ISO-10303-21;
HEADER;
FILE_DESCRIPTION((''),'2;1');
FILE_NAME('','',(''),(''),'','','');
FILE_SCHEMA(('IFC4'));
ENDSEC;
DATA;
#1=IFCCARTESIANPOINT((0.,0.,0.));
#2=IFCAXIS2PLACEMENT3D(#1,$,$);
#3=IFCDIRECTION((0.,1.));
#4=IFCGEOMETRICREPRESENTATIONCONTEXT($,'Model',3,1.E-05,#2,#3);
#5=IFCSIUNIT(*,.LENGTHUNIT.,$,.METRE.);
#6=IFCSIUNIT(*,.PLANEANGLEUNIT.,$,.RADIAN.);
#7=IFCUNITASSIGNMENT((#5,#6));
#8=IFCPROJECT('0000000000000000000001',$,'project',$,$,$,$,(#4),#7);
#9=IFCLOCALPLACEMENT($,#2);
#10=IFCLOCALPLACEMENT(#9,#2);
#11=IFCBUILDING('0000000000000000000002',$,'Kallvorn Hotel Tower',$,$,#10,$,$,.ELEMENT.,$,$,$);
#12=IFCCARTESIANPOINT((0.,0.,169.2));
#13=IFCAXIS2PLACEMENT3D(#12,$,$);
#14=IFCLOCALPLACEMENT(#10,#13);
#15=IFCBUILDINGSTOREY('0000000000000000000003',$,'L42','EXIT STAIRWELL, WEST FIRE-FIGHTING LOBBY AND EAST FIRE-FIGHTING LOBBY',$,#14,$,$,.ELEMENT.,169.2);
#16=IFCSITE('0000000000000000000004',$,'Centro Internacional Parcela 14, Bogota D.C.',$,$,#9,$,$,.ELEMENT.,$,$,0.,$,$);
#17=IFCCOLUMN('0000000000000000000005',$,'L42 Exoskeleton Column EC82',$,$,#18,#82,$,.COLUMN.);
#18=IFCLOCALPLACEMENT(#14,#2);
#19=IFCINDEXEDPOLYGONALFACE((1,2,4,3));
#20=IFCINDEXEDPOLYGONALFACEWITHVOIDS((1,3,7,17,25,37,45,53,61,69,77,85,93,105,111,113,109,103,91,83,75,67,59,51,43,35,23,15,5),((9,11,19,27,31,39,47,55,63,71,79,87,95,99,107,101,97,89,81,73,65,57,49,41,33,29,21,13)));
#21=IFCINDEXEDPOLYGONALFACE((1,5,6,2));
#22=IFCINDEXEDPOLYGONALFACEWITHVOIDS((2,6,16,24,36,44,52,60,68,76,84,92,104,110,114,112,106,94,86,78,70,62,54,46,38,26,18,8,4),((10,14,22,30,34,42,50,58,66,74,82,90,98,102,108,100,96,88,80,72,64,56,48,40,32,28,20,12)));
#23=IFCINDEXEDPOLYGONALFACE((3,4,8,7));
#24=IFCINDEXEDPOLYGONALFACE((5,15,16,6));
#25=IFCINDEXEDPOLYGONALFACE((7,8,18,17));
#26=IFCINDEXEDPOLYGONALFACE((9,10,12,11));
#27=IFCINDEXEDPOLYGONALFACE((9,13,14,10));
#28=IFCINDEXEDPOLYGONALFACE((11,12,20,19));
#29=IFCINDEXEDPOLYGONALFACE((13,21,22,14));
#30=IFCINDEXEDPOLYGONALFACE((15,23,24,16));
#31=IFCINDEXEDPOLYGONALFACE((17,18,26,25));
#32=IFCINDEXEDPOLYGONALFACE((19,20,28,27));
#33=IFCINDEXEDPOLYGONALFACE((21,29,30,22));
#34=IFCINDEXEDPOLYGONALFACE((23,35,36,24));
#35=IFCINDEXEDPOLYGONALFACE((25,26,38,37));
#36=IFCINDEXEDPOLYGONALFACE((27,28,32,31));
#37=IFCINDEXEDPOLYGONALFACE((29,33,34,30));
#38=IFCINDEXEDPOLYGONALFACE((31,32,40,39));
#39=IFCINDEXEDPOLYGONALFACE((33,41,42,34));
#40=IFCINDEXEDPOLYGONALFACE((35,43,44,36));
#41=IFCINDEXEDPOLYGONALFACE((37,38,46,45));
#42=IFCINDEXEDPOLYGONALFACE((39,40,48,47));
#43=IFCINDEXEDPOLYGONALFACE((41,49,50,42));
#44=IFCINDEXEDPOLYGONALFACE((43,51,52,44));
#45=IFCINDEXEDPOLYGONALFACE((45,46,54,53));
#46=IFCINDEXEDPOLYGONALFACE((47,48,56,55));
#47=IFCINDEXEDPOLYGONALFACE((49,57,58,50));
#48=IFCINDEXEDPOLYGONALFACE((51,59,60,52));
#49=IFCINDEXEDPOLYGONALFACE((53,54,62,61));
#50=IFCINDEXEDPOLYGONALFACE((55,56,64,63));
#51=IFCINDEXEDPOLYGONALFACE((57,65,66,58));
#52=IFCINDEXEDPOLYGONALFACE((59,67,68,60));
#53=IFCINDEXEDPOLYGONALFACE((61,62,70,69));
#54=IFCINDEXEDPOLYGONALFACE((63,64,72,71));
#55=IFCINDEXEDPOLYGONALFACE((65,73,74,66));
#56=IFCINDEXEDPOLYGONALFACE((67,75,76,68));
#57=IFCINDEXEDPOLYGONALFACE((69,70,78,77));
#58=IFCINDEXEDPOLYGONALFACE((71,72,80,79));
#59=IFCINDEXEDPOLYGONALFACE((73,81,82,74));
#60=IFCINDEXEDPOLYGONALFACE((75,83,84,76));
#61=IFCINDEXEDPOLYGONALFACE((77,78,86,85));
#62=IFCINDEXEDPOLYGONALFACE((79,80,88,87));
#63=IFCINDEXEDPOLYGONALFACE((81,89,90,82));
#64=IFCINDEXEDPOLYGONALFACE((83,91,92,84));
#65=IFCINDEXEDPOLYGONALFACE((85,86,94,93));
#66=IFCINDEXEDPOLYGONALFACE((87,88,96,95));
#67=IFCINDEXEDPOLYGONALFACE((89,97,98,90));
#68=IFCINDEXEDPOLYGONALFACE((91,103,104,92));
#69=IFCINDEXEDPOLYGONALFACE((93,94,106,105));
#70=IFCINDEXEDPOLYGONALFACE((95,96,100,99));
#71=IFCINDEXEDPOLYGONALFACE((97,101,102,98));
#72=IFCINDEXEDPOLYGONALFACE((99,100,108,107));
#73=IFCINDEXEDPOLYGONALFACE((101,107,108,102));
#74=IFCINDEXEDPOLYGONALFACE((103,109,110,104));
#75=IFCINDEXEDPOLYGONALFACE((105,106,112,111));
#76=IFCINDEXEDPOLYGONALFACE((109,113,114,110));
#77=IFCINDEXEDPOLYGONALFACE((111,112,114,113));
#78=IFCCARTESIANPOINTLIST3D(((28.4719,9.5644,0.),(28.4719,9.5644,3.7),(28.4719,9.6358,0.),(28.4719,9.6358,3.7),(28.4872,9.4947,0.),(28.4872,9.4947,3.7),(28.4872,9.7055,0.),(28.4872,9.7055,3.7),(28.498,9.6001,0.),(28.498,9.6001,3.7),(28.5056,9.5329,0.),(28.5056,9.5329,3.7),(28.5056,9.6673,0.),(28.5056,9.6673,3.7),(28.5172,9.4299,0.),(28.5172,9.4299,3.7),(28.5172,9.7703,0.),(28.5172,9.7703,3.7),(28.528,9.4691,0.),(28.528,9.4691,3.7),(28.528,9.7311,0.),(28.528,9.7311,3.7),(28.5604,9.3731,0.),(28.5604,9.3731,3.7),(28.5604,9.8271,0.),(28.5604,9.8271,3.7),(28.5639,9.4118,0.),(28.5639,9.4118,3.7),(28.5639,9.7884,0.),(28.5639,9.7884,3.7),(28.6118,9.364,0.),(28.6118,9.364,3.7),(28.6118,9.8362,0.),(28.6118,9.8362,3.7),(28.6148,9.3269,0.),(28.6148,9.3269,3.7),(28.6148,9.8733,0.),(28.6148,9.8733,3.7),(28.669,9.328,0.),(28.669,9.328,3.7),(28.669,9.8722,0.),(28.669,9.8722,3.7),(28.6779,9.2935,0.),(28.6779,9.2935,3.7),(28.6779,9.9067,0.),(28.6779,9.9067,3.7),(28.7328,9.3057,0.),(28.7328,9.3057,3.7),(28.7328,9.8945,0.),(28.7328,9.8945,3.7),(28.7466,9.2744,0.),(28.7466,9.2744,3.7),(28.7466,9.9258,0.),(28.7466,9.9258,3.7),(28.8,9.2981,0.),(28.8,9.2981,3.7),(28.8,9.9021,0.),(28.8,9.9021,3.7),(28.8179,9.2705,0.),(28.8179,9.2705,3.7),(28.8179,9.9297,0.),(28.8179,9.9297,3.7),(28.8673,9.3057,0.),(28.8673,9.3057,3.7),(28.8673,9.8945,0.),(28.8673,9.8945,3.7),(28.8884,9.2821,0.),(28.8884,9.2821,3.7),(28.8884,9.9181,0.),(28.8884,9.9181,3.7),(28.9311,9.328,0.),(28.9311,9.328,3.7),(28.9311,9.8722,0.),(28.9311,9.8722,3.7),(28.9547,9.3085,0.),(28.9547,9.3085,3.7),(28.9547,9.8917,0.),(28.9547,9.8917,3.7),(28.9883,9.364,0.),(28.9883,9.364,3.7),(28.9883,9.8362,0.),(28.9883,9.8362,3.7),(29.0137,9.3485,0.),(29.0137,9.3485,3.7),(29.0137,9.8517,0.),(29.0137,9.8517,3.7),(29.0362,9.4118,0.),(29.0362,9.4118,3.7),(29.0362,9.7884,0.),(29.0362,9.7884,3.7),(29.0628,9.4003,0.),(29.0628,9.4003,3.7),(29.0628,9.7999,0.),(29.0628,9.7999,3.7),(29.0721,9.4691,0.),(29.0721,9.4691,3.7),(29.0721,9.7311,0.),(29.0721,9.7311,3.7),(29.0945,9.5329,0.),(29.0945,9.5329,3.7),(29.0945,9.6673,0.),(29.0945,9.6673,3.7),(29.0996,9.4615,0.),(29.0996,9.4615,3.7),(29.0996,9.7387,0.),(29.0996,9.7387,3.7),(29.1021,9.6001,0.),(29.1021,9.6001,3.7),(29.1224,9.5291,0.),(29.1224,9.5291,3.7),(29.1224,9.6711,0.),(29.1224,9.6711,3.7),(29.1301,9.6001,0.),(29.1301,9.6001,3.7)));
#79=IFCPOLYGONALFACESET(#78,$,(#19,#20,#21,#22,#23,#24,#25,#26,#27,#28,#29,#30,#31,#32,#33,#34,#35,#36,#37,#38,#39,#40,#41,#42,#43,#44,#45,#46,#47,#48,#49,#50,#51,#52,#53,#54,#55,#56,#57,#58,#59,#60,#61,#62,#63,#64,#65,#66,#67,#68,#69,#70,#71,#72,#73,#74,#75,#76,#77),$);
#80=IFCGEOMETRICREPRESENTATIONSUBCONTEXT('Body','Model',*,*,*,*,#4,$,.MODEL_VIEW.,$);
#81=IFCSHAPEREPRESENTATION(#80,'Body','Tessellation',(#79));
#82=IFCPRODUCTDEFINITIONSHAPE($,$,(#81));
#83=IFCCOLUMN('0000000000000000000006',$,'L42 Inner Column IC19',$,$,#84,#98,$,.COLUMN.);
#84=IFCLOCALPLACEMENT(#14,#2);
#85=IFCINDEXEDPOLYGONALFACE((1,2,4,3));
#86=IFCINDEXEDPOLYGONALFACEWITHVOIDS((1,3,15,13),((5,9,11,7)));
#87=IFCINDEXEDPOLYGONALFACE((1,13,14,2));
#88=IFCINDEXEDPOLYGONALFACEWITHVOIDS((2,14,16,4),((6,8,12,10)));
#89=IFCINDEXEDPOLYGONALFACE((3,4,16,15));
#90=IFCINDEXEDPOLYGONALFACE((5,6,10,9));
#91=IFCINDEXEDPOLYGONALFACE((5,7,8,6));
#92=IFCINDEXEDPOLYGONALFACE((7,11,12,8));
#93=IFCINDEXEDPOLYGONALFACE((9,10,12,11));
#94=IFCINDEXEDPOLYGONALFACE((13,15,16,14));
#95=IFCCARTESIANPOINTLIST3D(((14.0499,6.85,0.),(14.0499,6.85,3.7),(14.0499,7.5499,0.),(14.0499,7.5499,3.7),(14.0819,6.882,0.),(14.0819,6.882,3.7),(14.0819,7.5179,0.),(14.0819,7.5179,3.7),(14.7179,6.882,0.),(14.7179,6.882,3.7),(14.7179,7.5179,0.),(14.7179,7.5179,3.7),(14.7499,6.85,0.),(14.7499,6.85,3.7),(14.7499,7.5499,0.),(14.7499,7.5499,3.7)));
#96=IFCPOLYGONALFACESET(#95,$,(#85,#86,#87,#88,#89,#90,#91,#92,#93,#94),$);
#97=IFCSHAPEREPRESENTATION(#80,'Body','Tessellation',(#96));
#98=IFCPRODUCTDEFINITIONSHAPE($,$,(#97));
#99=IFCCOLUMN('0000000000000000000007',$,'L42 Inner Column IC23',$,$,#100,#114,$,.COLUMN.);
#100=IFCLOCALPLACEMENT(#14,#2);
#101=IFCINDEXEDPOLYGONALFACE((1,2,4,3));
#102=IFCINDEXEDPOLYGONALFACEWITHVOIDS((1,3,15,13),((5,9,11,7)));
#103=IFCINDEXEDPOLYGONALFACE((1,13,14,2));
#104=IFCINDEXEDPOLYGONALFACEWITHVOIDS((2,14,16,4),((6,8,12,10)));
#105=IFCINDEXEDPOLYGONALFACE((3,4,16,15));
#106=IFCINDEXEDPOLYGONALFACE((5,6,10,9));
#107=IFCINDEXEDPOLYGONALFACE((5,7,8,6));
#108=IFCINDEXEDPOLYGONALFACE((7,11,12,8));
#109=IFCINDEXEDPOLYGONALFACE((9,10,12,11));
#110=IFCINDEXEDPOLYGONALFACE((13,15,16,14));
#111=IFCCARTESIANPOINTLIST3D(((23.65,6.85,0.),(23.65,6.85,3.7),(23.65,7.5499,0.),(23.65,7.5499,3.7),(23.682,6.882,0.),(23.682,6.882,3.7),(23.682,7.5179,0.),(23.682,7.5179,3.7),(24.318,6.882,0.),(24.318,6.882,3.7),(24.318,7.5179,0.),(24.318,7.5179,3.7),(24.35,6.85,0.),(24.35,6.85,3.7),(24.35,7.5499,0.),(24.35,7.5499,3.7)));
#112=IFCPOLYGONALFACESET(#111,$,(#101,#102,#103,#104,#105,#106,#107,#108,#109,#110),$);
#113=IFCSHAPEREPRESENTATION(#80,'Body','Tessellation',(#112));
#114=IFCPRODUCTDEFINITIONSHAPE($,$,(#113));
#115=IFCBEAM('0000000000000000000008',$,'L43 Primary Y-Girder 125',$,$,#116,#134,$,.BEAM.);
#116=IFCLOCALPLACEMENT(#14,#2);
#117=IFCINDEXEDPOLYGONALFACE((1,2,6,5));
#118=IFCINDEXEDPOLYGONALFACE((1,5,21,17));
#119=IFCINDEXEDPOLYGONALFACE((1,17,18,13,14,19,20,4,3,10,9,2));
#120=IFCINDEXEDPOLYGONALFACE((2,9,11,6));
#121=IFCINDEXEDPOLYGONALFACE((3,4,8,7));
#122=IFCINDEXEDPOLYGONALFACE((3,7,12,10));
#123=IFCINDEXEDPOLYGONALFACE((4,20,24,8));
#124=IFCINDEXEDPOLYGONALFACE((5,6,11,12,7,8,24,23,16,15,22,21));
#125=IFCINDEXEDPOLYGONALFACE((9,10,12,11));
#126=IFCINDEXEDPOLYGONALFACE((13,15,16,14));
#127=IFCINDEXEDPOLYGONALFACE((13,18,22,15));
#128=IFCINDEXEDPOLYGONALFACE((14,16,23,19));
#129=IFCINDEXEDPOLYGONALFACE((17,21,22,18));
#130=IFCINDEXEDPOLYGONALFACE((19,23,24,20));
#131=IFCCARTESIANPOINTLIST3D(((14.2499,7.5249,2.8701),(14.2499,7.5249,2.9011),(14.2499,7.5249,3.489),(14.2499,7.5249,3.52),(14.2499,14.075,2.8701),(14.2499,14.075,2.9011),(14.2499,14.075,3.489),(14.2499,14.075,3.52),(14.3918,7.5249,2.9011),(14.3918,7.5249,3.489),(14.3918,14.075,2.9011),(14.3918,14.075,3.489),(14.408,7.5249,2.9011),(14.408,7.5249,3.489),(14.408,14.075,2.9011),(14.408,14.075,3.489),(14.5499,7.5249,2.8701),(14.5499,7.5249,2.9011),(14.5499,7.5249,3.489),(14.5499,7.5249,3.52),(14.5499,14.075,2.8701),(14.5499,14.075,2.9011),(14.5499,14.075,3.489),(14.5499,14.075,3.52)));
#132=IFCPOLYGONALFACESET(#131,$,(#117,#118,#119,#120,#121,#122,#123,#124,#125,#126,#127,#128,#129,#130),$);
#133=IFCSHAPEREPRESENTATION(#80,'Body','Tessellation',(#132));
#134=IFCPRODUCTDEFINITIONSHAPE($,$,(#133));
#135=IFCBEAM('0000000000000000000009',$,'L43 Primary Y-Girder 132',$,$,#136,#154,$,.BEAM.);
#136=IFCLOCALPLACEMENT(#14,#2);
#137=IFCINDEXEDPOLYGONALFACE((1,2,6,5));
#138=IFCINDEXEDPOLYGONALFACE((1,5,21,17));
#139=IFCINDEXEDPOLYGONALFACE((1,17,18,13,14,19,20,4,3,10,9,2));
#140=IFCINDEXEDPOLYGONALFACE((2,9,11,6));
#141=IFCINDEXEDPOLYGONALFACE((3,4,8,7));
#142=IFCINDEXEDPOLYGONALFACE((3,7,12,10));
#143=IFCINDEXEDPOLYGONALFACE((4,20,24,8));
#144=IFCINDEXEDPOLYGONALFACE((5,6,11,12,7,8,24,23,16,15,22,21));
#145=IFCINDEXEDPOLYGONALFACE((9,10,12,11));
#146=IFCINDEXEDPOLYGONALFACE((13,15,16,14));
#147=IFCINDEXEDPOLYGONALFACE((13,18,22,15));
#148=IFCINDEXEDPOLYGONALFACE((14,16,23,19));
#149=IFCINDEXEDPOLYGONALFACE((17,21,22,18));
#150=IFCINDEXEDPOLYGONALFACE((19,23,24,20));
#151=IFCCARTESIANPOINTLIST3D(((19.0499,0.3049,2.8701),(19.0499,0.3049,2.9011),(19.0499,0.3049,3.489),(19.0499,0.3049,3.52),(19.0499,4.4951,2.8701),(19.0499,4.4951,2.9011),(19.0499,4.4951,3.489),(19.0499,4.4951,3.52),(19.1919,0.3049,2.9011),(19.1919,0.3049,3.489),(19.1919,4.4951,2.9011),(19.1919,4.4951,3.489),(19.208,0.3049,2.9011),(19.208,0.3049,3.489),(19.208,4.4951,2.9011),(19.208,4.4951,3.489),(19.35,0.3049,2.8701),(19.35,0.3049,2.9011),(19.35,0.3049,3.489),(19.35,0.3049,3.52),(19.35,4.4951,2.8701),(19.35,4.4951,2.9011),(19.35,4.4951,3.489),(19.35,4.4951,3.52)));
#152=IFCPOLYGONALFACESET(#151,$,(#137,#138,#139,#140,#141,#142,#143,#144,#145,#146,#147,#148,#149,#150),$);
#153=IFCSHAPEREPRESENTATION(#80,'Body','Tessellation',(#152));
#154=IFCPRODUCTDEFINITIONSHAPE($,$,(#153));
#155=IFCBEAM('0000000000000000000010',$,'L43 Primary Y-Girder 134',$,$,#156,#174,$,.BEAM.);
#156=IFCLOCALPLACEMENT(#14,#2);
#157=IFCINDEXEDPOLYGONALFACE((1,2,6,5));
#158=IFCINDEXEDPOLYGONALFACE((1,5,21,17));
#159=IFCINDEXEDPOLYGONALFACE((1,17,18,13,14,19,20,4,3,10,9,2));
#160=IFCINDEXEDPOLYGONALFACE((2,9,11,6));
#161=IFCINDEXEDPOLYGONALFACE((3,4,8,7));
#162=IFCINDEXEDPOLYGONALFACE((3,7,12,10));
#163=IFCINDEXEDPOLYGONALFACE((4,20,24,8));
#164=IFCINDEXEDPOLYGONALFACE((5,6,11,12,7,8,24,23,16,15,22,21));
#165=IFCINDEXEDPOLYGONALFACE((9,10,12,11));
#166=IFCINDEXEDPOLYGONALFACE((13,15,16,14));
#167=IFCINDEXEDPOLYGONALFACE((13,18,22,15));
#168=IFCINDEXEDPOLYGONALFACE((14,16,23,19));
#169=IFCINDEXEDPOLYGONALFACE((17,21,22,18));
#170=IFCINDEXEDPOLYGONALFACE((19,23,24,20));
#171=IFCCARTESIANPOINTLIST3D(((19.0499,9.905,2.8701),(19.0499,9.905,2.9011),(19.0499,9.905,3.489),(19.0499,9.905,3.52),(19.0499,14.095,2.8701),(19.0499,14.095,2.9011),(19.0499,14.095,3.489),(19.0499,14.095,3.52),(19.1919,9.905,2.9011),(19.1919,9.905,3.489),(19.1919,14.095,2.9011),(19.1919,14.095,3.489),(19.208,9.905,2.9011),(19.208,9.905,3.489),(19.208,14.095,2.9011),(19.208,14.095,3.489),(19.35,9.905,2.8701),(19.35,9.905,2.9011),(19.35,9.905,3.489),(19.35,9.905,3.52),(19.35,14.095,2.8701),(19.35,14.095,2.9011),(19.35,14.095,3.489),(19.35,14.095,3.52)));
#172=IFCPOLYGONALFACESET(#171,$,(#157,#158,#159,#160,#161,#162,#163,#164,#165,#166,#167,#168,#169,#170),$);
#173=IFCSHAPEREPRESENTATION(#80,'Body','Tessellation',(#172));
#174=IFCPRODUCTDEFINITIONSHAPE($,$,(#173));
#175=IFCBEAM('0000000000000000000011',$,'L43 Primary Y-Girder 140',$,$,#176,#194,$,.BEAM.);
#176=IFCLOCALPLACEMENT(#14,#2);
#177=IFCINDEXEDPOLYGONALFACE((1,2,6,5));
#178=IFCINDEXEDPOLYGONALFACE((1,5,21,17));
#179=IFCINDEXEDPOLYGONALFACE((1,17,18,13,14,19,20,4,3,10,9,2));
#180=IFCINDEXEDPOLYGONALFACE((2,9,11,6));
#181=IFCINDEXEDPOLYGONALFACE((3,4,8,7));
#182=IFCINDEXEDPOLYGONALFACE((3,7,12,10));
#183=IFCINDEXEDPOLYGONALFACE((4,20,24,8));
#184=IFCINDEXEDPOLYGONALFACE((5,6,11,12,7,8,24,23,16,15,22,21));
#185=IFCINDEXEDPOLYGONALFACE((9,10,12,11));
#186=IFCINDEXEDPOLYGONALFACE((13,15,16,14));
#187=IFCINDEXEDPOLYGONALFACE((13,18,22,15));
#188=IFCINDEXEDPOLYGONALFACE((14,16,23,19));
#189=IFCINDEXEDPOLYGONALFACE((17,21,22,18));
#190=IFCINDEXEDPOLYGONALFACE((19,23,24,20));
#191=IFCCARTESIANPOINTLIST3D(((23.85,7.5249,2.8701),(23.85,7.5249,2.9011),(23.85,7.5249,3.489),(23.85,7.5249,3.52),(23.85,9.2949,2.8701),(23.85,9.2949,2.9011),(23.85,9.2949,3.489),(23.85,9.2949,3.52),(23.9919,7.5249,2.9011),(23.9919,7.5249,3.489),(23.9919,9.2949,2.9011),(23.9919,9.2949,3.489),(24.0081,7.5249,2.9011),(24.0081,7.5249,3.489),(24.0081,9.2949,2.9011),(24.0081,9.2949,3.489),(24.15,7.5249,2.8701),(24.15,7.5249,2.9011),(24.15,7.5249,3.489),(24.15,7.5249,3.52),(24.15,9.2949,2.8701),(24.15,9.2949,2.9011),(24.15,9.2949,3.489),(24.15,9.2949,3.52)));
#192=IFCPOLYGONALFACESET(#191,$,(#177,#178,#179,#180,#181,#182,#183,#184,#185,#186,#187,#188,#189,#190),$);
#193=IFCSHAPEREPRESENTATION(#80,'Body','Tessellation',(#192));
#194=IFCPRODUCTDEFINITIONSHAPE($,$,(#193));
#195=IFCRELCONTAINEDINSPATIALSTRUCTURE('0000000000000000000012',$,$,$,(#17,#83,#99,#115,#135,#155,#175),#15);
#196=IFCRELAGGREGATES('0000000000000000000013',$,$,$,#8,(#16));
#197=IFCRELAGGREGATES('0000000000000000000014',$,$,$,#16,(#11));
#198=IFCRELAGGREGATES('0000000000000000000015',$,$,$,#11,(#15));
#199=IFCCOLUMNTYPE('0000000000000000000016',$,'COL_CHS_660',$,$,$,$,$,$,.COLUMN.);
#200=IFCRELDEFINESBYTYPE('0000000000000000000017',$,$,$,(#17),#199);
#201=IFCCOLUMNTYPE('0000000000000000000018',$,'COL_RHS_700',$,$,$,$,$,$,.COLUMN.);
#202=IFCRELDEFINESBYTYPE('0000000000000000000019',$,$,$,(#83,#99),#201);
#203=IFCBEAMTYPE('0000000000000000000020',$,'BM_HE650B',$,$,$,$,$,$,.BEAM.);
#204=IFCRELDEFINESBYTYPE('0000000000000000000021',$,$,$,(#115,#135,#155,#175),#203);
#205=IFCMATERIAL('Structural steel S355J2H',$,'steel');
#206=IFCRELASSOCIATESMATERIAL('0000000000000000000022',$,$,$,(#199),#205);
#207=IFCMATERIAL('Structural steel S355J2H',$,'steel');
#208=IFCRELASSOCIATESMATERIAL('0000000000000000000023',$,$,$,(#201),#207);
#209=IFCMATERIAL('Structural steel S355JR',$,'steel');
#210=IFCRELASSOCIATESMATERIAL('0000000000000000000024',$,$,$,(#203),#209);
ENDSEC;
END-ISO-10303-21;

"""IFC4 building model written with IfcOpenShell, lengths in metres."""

from ifc_helpers import new_model, si_unit, direction, frame, origin, origin_2d, place, context, subcontext, project, spatial, hollow_rectangle, hollow_circle, i_section, extrude, material, material_profile, profile_set, type_object, element, save


model = new_model("IFC4")

# Units and contexts
model_context = context("Model", 3, precision=1e-05, world=origin(), true_north=direction((0.0, 1.0)))
body_context = subcontext(model_context, "Body", "Model", "MODEL_VIEW")
ifc_project = project(units=[si_unit("LENGTHUNIT", "METRE"), si_unit("PLANEANGLEUNIT", "RADIAN")], contexts=[model_context])

# Site, building, storey
site_placement = place(None, origin())
site = spatial("IfcSite", under=ifc_project, at=site_placement, Name="Centro Internacional Parcela 14, Bogota D.C.", CompositionType="ELEMENT", RefElevation=0.0)
building_placement = place(site_placement, origin())
building = spatial("IfcBuilding", under=site, at=building_placement, Name="Kallvorn Hotel Tower", CompositionType="ELEMENT")
storey_placement = place(building_placement, frame((0.0, 0.0, 169.2)))
storey = spatial("IfcBuildingStorey", under=building, at=storey_placement, Name="L42", Description="EXIT STAIRWELL, WEST FIRE-FIGHTING LOBBY AND EAST FIRE-FIGHTING LOBBY", CompositionType="ELEMENT", Elevation=169.2)

# Columns
ifc_material_1 = material(Name="Structural steel S355J2H", Category="steel")
ifc_material_profile_1 = material_profile(ifc_material_1, hollow_circle(Radius=0.3301, WallThickness=0.0281, at=origin_2d()), Name="CHS 660x28")
ifc_profile_set_1 = profile_set([ifc_material_profile_1], Name="Structural steel S355J2H")
column_type_1 = type_object("IfcColumnType", Name="COL_CHS_660", PredefinedType="COLUMN", material=ifc_profile_set_1)
for number, where, z_axis, x_axis, name in (
    (1, (28.8, 9.6001, 0.0), (0.0, 0.0, 1.0), (1.0, 0.0, 0.0), "L42 Exoskeleton Column EC82"),
):
    element("IfcColumn", number, at=place(storey_placement, frame(where, z_axis=z_axis, x_axis=x_axis)), inside=storey, type_object=column_type_1, Name=name, PredefinedType="COLUMN", context=body_context, shape_type="SweptSolid", body=[
        extrude(hollow_circle(Radius=0.3301, WallThickness=0.0281, at=origin_2d()), origin(), (0.0, 0.0, 1.0), 3.7),
    ])
ifc_material_2 = material(Name="Structural steel S355J2H", Category="steel")
ifc_material_profile_2 = material_profile(ifc_material_2, hollow_rectangle(XDim=0.7, YDim=0.7, WallThickness=0.032, at=origin_2d()), Name="RHS 700x700x32")
ifc_profile_set_2 = profile_set([ifc_material_profile_2], Name="Structural steel S355J2H")
column_type_2 = type_object("IfcColumnType", Name="COL_RHS_700", PredefinedType="COLUMN", material=ifc_profile_set_2)
for number, where, z_axis, x_axis, name in (
    (2, (14.3999, 7.2, 0.0), (0.0, 0.0, 1.0), (1.0, 0.0, 0.0), "L42 Inner Column IC19"),
    (3, (24.0, 7.2, 0.0), (0.0, 0.0, 1.0), (1.0, 0.0, 0.0), "L42 Inner Column IC23"),
):
    element("IfcColumn", number, at=place(storey_placement, frame(where, z_axis=z_axis, x_axis=x_axis)), inside=storey, type_object=column_type_2, Name=name, PredefinedType="COLUMN", context=body_context, shape_type="SweptSolid", body=[
        extrude(hollow_rectangle(XDim=0.7, YDim=0.7, WallThickness=0.032, at=origin_2d()), origin(), (0.0, 0.0, 1.0), 3.7),
    ])

# Beams
ifc_material_3 = material(Name="Structural steel S355JR", Category="steel")
ifc_material_profile_3 = material_profile(ifc_material_3, i_section(OverallWidth=0.3, OverallDepth=0.6499, WebThickness=0.0161, FlangeThickness=0.031, at=origin_2d()), Name="HE 650 B")
ifc_profile_set_3 = profile_set([ifc_material_profile_3], Name="Structural steel S355JR")
beam_type_1 = type_object("IfcBeamType", Name="BM_HE650B", PredefinedType="BEAM", material=ifc_profile_set_3)
beam_1_placement = place(storey_placement, frame((14.3999, 7.5249, 3.1951), z_axis=(0.0, 1.0, 0.0), x_axis=(-1.0, 0.0, 0.0)))
element("IfcBeam", 4, at=beam_1_placement, inside=storey, type_object=beam_type_1, Name="L43 Primary Y-Girder 125", PredefinedType="BEAM", context=body_context, shape_type="SweptSolid", body=[
    extrude(i_section(OverallWidth=0.3, OverallDepth=0.6499, WebThickness=0.0161, FlangeThickness=0.031, at=origin_2d()), origin(), (0.0, 0.0, 1.0), 6.55),
])
beam_2_placement = place(storey_placement, frame((19.2, 0.3049, 3.1951), z_axis=(0.0, 1.0, 0.0), x_axis=(-1.0, 0.0, 0.0)))
element("IfcBeam", 5, at=beam_2_placement, inside=storey, type_object=beam_type_1, Name="L43 Primary Y-Girder 132", PredefinedType="BEAM", context=body_context, shape_type="SweptSolid", body=[
    extrude(i_section(OverallWidth=0.3, OverallDepth=0.6499, WebThickness=0.0161, FlangeThickness=0.031, at=origin_2d()), origin(), (0.0, 0.0, 1.0), 4.1902),
])
beam_3_placement = place(storey_placement, frame((19.2, 9.905, 3.1951), z_axis=(0.0, 1.0, 0.0), x_axis=(-1.0, 0.0, 0.0)))
element("IfcBeam", 6, at=beam_3_placement, inside=storey, type_object=beam_type_1, Name="L43 Primary Y-Girder 134", PredefinedType="BEAM", context=body_context, shape_type="SweptSolid", body=[
    extrude(i_section(OverallWidth=0.3, OverallDepth=0.6499, WebThickness=0.0161, FlangeThickness=0.031, at=origin_2d()), origin(), (0.0, 0.0, 1.0), 4.1899),
])
beam_4_placement = place(storey_placement, frame((24.0, 7.5249, 3.1951), z_axis=(0.0, 1.0, 0.0), x_axis=(-1.0, 0.0, 0.0)))
element("IfcBeam", 7, at=beam_4_placement, inside=storey, type_object=beam_type_1, Name="L43 Primary Y-Girder 140", PredefinedType="BEAM", context=body_context, shape_type="SweptSolid", body=[
    extrude(i_section(OverallWidth=0.3, OverallDepth=0.6499, WebThickness=0.0161, FlangeThickness=0.031, at=origin_2d()), origin(), (0.0, 0.0, 1.0), 1.77),
])

save(model, "model.ifc")
